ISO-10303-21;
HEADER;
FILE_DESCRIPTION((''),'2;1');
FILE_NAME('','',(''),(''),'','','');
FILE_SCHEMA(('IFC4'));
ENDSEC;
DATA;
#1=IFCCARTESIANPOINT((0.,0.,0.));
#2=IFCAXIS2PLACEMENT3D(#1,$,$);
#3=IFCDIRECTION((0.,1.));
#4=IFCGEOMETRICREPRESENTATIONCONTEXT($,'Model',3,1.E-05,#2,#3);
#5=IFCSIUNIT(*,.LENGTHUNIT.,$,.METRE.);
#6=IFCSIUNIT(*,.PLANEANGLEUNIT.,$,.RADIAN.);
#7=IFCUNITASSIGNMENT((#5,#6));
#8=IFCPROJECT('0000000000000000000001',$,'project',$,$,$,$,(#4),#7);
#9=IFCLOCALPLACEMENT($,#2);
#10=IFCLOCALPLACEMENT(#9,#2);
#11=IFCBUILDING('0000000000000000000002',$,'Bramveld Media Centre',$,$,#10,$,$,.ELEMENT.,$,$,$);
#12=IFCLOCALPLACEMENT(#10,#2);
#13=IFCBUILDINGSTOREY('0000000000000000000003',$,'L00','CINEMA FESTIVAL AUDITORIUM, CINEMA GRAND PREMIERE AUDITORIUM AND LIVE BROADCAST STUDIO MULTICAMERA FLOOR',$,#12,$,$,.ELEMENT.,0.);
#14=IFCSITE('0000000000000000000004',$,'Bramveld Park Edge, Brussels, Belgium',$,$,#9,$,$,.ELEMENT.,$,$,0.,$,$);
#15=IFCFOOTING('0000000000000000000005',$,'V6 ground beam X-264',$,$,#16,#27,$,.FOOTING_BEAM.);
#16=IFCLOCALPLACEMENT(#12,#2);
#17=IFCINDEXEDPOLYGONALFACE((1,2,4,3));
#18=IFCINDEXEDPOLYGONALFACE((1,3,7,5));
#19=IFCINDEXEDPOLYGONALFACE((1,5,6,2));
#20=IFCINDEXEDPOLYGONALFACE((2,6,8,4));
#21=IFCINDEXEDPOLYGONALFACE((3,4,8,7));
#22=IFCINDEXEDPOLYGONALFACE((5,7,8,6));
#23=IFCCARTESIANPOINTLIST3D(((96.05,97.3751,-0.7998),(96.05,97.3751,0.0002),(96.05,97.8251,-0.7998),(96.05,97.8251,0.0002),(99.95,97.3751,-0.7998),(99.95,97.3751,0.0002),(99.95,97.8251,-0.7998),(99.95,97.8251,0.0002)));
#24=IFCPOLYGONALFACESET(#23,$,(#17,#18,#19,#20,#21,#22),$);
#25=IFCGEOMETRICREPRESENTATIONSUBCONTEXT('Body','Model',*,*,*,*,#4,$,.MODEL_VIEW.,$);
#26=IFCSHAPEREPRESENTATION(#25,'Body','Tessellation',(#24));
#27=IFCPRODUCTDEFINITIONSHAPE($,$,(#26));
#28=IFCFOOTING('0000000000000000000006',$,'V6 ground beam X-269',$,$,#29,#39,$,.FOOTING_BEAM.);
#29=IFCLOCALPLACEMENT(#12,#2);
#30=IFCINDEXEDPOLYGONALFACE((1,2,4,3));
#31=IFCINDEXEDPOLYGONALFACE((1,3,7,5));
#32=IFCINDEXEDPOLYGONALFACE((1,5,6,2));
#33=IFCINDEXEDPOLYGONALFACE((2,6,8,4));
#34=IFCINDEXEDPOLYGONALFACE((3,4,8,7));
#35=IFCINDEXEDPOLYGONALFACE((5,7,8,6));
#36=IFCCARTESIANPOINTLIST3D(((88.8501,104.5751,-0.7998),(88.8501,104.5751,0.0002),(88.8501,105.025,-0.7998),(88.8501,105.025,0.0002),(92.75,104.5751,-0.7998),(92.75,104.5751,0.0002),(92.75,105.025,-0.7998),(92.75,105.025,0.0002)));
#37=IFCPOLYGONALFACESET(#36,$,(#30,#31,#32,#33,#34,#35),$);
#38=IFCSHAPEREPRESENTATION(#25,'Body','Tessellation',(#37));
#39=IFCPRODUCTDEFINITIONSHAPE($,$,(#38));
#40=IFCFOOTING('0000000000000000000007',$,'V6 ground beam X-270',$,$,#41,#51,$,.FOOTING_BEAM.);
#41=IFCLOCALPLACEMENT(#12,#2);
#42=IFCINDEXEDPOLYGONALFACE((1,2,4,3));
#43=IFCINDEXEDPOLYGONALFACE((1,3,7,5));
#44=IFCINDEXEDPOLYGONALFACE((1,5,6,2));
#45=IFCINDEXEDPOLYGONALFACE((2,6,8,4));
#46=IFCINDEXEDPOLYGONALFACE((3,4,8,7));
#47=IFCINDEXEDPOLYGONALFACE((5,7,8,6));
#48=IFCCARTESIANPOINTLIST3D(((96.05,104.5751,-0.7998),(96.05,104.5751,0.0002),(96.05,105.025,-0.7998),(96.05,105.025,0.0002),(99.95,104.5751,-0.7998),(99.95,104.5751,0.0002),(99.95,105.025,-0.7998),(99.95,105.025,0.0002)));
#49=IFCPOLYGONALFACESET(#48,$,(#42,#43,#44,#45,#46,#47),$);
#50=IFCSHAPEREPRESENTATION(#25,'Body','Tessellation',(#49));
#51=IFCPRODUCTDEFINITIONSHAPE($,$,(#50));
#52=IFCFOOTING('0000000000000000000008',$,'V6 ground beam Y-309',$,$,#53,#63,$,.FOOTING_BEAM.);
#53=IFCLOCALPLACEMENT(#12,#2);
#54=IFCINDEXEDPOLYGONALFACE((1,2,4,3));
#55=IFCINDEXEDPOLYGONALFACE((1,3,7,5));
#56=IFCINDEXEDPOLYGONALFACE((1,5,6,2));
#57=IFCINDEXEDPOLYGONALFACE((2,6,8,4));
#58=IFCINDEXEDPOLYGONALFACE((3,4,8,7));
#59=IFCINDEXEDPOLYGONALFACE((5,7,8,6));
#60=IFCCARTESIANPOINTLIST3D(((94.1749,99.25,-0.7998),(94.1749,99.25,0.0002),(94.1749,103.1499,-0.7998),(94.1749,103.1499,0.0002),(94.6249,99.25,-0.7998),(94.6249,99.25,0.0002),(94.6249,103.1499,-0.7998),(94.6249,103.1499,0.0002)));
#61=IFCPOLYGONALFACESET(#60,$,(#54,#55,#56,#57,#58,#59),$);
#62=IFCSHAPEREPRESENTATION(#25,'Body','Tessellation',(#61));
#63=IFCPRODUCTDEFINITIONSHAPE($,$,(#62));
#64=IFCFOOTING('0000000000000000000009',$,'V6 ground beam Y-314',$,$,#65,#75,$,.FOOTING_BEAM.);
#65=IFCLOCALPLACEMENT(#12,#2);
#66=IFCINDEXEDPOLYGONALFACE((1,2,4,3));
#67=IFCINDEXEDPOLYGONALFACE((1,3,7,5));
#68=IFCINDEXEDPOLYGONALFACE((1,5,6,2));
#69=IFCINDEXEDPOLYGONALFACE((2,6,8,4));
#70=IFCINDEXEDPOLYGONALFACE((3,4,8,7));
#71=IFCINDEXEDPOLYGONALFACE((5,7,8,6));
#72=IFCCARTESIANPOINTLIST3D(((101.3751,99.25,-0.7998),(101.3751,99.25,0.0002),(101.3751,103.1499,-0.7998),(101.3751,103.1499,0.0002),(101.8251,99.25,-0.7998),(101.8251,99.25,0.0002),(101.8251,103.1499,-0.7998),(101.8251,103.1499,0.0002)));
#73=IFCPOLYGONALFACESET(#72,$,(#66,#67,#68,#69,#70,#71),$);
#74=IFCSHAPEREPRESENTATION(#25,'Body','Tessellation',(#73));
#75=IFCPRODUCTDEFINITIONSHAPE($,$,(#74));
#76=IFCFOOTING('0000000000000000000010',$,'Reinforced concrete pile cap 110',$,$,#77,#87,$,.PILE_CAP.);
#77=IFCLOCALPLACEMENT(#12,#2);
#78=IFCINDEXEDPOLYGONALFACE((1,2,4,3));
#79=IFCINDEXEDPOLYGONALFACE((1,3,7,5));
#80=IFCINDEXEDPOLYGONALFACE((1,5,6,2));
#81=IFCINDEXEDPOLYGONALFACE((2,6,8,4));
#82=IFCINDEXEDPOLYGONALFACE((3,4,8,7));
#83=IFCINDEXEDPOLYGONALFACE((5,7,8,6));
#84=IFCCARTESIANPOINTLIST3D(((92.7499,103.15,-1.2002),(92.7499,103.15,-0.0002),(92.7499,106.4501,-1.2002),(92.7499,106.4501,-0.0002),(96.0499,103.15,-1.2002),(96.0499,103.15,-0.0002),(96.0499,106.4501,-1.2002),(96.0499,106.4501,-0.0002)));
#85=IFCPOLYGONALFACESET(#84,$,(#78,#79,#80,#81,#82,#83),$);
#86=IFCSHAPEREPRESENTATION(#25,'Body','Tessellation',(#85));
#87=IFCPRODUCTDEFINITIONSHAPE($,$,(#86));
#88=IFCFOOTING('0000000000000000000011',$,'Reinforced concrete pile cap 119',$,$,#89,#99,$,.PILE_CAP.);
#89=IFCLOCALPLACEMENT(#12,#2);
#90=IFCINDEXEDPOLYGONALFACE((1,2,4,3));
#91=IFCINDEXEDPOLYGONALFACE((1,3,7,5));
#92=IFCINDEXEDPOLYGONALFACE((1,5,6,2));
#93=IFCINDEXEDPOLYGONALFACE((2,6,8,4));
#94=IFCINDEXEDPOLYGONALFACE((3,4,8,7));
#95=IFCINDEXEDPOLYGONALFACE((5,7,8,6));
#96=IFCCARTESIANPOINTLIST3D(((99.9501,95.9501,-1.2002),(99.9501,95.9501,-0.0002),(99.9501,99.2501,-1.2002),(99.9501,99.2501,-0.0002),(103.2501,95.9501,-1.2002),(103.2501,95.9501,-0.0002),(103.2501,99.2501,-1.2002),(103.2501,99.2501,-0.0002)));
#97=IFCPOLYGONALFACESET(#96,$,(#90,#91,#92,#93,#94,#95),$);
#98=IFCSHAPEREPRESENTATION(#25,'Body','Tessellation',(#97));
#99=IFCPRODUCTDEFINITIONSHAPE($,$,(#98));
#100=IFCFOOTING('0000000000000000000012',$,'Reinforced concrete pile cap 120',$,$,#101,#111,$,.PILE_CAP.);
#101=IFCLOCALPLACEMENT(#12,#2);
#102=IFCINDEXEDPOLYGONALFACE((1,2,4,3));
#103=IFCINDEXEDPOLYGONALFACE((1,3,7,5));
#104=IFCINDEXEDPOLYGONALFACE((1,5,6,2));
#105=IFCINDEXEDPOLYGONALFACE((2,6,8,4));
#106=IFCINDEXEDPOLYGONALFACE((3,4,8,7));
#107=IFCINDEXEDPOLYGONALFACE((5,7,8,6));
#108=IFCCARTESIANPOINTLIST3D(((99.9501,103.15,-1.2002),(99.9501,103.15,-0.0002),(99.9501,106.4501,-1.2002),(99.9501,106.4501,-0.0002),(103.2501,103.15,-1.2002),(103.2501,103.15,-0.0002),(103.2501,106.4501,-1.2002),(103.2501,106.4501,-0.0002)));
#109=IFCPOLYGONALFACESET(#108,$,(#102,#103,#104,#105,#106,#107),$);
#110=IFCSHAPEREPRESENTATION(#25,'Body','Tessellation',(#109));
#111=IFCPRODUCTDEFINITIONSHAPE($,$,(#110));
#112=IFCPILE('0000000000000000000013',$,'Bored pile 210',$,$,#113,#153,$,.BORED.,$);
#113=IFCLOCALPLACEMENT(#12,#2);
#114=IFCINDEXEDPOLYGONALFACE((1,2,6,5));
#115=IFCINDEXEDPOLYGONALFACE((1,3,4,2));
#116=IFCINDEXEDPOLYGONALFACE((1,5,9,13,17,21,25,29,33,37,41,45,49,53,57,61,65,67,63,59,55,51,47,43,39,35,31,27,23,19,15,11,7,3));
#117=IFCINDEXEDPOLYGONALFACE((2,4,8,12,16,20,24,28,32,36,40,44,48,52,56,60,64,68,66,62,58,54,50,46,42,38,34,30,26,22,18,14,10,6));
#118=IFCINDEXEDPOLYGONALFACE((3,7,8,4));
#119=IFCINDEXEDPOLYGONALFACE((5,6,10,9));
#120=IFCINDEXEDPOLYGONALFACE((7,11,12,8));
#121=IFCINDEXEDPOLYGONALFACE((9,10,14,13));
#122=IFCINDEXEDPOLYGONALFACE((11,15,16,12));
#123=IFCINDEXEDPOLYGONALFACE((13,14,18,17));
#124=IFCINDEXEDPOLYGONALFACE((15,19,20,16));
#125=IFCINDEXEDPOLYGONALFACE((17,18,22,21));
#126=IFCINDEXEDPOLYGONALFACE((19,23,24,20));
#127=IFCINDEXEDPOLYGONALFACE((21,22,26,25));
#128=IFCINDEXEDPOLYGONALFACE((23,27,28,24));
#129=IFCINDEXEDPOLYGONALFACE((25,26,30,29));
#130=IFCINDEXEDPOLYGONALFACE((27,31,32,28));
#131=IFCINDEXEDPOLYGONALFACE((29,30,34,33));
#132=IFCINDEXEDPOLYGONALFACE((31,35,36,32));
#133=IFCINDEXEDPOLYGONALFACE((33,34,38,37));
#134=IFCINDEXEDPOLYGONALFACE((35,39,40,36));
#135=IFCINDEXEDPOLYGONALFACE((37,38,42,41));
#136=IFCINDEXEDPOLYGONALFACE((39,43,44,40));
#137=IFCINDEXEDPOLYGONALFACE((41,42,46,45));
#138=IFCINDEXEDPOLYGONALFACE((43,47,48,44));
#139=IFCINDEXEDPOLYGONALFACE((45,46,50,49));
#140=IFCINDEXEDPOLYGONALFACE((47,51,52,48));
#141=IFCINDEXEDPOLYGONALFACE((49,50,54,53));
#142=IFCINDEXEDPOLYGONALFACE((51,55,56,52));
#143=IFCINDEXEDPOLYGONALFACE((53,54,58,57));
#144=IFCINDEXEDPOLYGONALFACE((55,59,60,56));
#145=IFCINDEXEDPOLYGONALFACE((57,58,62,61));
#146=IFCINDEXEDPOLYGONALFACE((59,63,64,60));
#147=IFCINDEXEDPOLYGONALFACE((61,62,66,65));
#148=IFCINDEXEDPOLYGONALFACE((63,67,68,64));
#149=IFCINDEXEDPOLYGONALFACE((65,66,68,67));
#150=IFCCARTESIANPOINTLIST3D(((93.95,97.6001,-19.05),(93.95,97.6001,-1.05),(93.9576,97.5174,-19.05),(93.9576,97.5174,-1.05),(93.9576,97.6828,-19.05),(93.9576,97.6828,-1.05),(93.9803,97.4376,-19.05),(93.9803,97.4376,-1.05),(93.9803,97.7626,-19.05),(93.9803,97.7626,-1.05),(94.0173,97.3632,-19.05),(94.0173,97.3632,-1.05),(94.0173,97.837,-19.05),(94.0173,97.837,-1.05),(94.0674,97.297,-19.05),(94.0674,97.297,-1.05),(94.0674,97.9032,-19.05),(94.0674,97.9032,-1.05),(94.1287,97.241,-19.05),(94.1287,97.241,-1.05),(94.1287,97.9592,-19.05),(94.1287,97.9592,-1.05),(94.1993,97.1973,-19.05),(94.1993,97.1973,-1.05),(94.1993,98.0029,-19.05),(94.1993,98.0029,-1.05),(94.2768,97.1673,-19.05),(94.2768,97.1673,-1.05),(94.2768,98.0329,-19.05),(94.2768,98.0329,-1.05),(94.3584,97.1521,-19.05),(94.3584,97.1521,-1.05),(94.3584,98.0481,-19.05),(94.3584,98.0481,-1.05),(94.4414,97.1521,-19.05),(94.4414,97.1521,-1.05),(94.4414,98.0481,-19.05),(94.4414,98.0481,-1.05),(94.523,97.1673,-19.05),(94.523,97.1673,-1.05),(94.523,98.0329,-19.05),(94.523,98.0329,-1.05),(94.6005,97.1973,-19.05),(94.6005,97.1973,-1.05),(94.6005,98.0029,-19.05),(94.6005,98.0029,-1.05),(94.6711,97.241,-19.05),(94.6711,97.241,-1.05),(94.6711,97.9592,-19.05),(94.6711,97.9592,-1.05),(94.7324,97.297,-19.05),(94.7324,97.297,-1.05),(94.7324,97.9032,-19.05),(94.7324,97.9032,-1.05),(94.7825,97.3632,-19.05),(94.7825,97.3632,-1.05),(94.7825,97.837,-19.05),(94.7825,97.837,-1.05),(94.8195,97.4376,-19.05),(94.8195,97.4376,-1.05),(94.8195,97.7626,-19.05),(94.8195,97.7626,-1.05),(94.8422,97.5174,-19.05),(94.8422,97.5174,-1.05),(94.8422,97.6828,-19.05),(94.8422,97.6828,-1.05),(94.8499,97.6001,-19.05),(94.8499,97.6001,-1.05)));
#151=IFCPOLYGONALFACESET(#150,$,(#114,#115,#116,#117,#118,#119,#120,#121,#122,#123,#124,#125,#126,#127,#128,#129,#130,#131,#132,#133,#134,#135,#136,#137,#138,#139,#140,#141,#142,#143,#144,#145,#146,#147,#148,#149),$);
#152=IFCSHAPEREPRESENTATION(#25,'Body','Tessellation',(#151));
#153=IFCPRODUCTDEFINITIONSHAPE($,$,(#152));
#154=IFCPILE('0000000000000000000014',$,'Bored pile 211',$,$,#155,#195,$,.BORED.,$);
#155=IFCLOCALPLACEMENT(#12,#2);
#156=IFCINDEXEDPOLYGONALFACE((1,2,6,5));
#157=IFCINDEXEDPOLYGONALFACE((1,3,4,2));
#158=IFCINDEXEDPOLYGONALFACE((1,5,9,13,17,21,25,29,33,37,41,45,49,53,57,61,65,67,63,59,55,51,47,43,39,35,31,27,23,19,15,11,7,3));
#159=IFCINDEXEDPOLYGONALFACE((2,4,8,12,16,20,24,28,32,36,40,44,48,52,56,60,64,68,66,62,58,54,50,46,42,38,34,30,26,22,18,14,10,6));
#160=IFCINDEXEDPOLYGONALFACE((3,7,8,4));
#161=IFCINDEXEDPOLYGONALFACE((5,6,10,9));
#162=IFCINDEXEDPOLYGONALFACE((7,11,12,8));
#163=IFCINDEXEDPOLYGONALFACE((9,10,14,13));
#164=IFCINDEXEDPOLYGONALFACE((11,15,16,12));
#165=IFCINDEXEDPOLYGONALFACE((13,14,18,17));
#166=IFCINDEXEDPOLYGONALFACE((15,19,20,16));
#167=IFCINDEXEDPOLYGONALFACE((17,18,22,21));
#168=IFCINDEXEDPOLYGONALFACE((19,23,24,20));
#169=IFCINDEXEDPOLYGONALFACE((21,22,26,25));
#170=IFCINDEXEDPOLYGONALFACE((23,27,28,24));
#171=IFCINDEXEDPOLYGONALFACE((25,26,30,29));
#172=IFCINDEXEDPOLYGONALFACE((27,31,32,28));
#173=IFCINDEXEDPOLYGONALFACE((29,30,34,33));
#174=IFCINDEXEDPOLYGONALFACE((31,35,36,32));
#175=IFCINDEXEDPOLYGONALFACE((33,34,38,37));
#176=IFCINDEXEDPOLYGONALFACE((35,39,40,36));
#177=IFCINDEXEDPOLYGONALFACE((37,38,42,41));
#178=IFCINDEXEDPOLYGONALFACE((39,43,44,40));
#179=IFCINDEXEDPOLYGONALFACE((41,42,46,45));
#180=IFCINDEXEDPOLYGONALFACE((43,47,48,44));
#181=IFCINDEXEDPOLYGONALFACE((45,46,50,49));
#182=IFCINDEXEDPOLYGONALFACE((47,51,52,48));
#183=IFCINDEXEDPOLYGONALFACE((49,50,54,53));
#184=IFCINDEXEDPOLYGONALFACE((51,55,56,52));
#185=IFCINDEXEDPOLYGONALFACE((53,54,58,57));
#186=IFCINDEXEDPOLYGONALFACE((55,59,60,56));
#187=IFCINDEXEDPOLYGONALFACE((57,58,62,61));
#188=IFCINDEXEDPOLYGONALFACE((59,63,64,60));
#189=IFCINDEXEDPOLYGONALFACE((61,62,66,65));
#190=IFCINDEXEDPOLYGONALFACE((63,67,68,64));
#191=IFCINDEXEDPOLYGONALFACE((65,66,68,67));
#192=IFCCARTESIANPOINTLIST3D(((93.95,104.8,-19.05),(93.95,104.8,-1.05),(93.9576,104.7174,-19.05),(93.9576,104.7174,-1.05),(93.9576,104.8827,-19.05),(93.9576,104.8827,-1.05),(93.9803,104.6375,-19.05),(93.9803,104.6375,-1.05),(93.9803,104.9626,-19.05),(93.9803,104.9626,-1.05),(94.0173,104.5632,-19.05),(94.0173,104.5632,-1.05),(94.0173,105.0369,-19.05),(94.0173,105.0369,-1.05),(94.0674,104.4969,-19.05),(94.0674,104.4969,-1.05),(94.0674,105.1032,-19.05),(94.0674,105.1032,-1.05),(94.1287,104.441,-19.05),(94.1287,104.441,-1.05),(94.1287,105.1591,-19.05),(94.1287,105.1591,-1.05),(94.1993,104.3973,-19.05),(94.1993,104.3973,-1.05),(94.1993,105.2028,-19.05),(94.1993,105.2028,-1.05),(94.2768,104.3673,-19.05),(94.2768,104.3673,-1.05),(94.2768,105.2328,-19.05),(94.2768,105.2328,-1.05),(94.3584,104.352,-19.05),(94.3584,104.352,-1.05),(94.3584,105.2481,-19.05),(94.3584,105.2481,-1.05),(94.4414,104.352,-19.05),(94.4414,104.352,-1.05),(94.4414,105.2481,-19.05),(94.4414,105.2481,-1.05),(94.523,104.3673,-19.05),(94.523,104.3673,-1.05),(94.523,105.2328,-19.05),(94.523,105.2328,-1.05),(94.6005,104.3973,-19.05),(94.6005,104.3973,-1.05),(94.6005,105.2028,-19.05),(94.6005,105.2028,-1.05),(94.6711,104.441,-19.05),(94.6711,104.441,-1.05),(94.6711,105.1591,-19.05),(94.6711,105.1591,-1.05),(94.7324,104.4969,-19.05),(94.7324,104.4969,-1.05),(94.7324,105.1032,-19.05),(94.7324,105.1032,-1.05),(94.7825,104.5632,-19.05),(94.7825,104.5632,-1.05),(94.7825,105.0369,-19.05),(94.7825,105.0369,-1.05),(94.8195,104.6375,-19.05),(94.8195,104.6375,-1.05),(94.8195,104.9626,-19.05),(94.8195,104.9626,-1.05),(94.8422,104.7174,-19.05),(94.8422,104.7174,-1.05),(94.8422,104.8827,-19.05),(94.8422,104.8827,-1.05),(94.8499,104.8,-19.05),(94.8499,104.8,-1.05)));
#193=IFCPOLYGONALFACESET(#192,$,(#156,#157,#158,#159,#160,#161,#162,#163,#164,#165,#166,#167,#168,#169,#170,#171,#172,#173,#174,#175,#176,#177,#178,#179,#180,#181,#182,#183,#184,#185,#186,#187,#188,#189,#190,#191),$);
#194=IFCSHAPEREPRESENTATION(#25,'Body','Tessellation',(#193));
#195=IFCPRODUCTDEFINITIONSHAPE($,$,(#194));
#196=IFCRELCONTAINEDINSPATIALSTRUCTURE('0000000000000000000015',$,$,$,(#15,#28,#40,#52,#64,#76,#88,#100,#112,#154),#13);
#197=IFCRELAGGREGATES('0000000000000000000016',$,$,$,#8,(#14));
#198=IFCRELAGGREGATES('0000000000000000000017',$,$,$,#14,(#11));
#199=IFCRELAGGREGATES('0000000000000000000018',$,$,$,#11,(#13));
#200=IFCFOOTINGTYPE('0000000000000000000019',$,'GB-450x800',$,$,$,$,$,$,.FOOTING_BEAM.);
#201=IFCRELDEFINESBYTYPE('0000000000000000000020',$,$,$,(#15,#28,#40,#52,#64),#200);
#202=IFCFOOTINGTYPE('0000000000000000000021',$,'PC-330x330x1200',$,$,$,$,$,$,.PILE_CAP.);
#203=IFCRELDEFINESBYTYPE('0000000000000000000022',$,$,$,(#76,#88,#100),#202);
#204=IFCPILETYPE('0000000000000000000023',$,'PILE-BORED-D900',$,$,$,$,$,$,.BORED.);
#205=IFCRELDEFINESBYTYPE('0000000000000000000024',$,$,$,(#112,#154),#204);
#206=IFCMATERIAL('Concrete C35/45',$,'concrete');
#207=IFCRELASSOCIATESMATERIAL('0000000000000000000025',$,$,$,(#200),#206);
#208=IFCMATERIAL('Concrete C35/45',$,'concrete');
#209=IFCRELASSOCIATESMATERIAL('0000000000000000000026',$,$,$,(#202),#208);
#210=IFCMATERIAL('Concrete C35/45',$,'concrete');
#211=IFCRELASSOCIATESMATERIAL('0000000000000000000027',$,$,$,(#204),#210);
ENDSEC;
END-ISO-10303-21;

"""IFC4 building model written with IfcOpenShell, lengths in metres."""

from ifc_helpers import new_model, si_unit, direction, frame, origin, origin_2d, place, context, subcontext, project, spatial, rectangle, circle, extrude, material, material_profile, profile_set, type_object, element, save


model = new_model("IFC4")

# Units and contexts
model_context = context("Model", 3, precision=1e-05, world=origin(), true_north=direction((0.0, 1.0)))
body_context = subcontext(model_context, "Body", "Model", "MODEL_VIEW")
ifc_project = project(units=[si_unit("LENGTHUNIT", "METRE"), si_unit("PLANEANGLEUNIT", "RADIAN")], contexts=[model_context])

# Site, building, storey
site_placement = place(None, origin())
site = spatial("IfcSite", under=ifc_project, at=site_placement, Name="Bramveld Park Edge, Brussels, Belgium", CompositionType="ELEMENT", RefElevation=0.0)
building_placement = place(site_placement, origin())
building = spatial("IfcBuilding", under=site, at=building_placement, Name="Bramveld Media Centre", CompositionType="ELEMENT")
storey_placement = place(building_placement, origin())
storey = spatial("IfcBuildingStorey", under=building, at=storey_placement, Name="L00", Description="CINEMA FESTIVAL AUDITORIUM, CINEMA GRAND PREMIERE AUDITORIUM AND LIVE BROADCAST STUDIO MULTICAMERA FLOOR", CompositionType="ELEMENT", Elevation=0.0)

# Footings
ifc_material_1 = material(Name="Concrete C35/45", Category="concrete")
footing_type_1 = type_object("IfcFootingType", Name="GB-450x800", PredefinedType="FOOTING_BEAM", material=ifc_material_1)
for number, where, z_axis, x_axis, name in (
    (1, (98.0, 97.6001, -0.7998), (0.0, 0.0, 1.0), (1.0, 0.0, 0.0), "V6 ground beam X-264"),
    (2, (90.8, 104.8, -0.7998), (0.0, 0.0, 1.0), (1.0, 0.0, 0.0), "V6 ground beam X-269"),
    (3, (98.0, 104.8, -0.7998), (0.0, 0.0, 1.0), (1.0, 0.0, 0.0), "V6 ground beam X-270"),
):
    element("IfcFooting", number, at=place(storey_placement, frame(where, z_axis=z_axis, x_axis=x_axis)), inside=storey, type_object=footing_type_1, Name=name, PredefinedType="FOOTING_BEAM", context=body_context, shape_type="SweptSolid", body=[
        extrude(rectangle(XDim=3.8999, YDim=0.45, at=origin_2d()), origin(), (0.0, 0.0, 1.0), 0.8),
    ])
for number, where, z_axis, x_axis, name in (
    (4, (94.3999, 101.2, -0.7998), (0.0, 0.0, 1.0), (1.0, 0.0, 0.0), "V6 ground beam Y-309"),
    (5, (101.6001, 101.2, -0.7998), (0.0, 0.0, 1.0), (1.0, 0.0, 0.0), "V6 ground beam Y-314"),
):
    element("IfcFooting", number, at=place(storey_placement, frame(where, z_axis=z_axis, x_axis=x_axis)), inside=storey, type_object=footing_type_1, Name=name, PredefinedType="FOOTING_BEAM", context=body_context, shape_type="SweptSolid", body=[
        extrude(rectangle(XDim=0.45, YDim=3.8999, at=origin_2d()), origin(), (0.0, 0.0, 1.0), 0.8),
    ])
ifc_material_2 = material(Name="Concrete C35/45", Category="concrete")
footing_type_2 = type_object("IfcFootingType", Name="PC-330x330x1200", PredefinedType="PILE_CAP", material=ifc_material_2)
for number, where, z_axis, x_axis, name in (
    (6, (94.3999, 104.8, -1.2002), (0.0, 0.0, 1.0), (1.0, 0.0, 0.0), "Reinforced concrete pile cap 110"),
    (7, (101.6001, 97.6001, -1.2002), (0.0, 0.0, 1.0), (1.0, 0.0, 0.0), "Reinforced concrete pile cap 119"),
    (8, (101.6001, 104.8, -1.2002), (0.0, 0.0, 1.0), (1.0, 0.0, 0.0), "Reinforced concrete pile cap 120"),
):
    element("IfcFooting", number, at=place(storey_placement, frame(where, z_axis=z_axis, x_axis=x_axis)), inside=storey, type_object=footing_type_2, Name=name, PredefinedType="PILE_CAP", context=body_context, shape_type="SweptSolid", body=[
        extrude(rectangle(XDim=3.3, YDim=3.3, at=origin_2d()), origin(), (0.0, 0.0, 1.0), 1.2),
    ])

# Piles
ifc_material_3 = material(Name="Concrete C35/45", Category="concrete")
ifc_material_profile_1 = material_profile(ifc_material_3, circle(Radius=0.45, at=origin_2d()), Name="BORED D900")
ifc_profile_set_1 = profile_set([ifc_material_profile_1], Name="Concrete C35/45")
pile_type = type_object("IfcPileType", Name="PILE-BORED-D900", PredefinedType="BORED", material=ifc_profile_set_1)
for number, where, z_axis, x_axis, name in (
    (9, (94.3999, 97.6001, -1.05), (0.0, 0.0, -1.0), (1.0, 0.0, 0.0), "Bored pile 210"),
    (10, (94.3999, 104.8, -1.05), (0.0, 0.0, -1.0), (1.0, 0.0, 0.0), "Bored pile 211"),
):
    element("IfcPile", number, at=place(storey_placement, frame(where, z_axis=z_axis, x_axis=x_axis)), inside=storey, type_object=pile_type, Name=name, PredefinedType="BORED", context=body_context, shape_type="SweptSolid", body=[
        extrude(circle(Radius=0.45, at=origin_2d()), origin(), (0.0, 0.0, 1.0), 18.0),
    ])

save(model, "model.ifc")
